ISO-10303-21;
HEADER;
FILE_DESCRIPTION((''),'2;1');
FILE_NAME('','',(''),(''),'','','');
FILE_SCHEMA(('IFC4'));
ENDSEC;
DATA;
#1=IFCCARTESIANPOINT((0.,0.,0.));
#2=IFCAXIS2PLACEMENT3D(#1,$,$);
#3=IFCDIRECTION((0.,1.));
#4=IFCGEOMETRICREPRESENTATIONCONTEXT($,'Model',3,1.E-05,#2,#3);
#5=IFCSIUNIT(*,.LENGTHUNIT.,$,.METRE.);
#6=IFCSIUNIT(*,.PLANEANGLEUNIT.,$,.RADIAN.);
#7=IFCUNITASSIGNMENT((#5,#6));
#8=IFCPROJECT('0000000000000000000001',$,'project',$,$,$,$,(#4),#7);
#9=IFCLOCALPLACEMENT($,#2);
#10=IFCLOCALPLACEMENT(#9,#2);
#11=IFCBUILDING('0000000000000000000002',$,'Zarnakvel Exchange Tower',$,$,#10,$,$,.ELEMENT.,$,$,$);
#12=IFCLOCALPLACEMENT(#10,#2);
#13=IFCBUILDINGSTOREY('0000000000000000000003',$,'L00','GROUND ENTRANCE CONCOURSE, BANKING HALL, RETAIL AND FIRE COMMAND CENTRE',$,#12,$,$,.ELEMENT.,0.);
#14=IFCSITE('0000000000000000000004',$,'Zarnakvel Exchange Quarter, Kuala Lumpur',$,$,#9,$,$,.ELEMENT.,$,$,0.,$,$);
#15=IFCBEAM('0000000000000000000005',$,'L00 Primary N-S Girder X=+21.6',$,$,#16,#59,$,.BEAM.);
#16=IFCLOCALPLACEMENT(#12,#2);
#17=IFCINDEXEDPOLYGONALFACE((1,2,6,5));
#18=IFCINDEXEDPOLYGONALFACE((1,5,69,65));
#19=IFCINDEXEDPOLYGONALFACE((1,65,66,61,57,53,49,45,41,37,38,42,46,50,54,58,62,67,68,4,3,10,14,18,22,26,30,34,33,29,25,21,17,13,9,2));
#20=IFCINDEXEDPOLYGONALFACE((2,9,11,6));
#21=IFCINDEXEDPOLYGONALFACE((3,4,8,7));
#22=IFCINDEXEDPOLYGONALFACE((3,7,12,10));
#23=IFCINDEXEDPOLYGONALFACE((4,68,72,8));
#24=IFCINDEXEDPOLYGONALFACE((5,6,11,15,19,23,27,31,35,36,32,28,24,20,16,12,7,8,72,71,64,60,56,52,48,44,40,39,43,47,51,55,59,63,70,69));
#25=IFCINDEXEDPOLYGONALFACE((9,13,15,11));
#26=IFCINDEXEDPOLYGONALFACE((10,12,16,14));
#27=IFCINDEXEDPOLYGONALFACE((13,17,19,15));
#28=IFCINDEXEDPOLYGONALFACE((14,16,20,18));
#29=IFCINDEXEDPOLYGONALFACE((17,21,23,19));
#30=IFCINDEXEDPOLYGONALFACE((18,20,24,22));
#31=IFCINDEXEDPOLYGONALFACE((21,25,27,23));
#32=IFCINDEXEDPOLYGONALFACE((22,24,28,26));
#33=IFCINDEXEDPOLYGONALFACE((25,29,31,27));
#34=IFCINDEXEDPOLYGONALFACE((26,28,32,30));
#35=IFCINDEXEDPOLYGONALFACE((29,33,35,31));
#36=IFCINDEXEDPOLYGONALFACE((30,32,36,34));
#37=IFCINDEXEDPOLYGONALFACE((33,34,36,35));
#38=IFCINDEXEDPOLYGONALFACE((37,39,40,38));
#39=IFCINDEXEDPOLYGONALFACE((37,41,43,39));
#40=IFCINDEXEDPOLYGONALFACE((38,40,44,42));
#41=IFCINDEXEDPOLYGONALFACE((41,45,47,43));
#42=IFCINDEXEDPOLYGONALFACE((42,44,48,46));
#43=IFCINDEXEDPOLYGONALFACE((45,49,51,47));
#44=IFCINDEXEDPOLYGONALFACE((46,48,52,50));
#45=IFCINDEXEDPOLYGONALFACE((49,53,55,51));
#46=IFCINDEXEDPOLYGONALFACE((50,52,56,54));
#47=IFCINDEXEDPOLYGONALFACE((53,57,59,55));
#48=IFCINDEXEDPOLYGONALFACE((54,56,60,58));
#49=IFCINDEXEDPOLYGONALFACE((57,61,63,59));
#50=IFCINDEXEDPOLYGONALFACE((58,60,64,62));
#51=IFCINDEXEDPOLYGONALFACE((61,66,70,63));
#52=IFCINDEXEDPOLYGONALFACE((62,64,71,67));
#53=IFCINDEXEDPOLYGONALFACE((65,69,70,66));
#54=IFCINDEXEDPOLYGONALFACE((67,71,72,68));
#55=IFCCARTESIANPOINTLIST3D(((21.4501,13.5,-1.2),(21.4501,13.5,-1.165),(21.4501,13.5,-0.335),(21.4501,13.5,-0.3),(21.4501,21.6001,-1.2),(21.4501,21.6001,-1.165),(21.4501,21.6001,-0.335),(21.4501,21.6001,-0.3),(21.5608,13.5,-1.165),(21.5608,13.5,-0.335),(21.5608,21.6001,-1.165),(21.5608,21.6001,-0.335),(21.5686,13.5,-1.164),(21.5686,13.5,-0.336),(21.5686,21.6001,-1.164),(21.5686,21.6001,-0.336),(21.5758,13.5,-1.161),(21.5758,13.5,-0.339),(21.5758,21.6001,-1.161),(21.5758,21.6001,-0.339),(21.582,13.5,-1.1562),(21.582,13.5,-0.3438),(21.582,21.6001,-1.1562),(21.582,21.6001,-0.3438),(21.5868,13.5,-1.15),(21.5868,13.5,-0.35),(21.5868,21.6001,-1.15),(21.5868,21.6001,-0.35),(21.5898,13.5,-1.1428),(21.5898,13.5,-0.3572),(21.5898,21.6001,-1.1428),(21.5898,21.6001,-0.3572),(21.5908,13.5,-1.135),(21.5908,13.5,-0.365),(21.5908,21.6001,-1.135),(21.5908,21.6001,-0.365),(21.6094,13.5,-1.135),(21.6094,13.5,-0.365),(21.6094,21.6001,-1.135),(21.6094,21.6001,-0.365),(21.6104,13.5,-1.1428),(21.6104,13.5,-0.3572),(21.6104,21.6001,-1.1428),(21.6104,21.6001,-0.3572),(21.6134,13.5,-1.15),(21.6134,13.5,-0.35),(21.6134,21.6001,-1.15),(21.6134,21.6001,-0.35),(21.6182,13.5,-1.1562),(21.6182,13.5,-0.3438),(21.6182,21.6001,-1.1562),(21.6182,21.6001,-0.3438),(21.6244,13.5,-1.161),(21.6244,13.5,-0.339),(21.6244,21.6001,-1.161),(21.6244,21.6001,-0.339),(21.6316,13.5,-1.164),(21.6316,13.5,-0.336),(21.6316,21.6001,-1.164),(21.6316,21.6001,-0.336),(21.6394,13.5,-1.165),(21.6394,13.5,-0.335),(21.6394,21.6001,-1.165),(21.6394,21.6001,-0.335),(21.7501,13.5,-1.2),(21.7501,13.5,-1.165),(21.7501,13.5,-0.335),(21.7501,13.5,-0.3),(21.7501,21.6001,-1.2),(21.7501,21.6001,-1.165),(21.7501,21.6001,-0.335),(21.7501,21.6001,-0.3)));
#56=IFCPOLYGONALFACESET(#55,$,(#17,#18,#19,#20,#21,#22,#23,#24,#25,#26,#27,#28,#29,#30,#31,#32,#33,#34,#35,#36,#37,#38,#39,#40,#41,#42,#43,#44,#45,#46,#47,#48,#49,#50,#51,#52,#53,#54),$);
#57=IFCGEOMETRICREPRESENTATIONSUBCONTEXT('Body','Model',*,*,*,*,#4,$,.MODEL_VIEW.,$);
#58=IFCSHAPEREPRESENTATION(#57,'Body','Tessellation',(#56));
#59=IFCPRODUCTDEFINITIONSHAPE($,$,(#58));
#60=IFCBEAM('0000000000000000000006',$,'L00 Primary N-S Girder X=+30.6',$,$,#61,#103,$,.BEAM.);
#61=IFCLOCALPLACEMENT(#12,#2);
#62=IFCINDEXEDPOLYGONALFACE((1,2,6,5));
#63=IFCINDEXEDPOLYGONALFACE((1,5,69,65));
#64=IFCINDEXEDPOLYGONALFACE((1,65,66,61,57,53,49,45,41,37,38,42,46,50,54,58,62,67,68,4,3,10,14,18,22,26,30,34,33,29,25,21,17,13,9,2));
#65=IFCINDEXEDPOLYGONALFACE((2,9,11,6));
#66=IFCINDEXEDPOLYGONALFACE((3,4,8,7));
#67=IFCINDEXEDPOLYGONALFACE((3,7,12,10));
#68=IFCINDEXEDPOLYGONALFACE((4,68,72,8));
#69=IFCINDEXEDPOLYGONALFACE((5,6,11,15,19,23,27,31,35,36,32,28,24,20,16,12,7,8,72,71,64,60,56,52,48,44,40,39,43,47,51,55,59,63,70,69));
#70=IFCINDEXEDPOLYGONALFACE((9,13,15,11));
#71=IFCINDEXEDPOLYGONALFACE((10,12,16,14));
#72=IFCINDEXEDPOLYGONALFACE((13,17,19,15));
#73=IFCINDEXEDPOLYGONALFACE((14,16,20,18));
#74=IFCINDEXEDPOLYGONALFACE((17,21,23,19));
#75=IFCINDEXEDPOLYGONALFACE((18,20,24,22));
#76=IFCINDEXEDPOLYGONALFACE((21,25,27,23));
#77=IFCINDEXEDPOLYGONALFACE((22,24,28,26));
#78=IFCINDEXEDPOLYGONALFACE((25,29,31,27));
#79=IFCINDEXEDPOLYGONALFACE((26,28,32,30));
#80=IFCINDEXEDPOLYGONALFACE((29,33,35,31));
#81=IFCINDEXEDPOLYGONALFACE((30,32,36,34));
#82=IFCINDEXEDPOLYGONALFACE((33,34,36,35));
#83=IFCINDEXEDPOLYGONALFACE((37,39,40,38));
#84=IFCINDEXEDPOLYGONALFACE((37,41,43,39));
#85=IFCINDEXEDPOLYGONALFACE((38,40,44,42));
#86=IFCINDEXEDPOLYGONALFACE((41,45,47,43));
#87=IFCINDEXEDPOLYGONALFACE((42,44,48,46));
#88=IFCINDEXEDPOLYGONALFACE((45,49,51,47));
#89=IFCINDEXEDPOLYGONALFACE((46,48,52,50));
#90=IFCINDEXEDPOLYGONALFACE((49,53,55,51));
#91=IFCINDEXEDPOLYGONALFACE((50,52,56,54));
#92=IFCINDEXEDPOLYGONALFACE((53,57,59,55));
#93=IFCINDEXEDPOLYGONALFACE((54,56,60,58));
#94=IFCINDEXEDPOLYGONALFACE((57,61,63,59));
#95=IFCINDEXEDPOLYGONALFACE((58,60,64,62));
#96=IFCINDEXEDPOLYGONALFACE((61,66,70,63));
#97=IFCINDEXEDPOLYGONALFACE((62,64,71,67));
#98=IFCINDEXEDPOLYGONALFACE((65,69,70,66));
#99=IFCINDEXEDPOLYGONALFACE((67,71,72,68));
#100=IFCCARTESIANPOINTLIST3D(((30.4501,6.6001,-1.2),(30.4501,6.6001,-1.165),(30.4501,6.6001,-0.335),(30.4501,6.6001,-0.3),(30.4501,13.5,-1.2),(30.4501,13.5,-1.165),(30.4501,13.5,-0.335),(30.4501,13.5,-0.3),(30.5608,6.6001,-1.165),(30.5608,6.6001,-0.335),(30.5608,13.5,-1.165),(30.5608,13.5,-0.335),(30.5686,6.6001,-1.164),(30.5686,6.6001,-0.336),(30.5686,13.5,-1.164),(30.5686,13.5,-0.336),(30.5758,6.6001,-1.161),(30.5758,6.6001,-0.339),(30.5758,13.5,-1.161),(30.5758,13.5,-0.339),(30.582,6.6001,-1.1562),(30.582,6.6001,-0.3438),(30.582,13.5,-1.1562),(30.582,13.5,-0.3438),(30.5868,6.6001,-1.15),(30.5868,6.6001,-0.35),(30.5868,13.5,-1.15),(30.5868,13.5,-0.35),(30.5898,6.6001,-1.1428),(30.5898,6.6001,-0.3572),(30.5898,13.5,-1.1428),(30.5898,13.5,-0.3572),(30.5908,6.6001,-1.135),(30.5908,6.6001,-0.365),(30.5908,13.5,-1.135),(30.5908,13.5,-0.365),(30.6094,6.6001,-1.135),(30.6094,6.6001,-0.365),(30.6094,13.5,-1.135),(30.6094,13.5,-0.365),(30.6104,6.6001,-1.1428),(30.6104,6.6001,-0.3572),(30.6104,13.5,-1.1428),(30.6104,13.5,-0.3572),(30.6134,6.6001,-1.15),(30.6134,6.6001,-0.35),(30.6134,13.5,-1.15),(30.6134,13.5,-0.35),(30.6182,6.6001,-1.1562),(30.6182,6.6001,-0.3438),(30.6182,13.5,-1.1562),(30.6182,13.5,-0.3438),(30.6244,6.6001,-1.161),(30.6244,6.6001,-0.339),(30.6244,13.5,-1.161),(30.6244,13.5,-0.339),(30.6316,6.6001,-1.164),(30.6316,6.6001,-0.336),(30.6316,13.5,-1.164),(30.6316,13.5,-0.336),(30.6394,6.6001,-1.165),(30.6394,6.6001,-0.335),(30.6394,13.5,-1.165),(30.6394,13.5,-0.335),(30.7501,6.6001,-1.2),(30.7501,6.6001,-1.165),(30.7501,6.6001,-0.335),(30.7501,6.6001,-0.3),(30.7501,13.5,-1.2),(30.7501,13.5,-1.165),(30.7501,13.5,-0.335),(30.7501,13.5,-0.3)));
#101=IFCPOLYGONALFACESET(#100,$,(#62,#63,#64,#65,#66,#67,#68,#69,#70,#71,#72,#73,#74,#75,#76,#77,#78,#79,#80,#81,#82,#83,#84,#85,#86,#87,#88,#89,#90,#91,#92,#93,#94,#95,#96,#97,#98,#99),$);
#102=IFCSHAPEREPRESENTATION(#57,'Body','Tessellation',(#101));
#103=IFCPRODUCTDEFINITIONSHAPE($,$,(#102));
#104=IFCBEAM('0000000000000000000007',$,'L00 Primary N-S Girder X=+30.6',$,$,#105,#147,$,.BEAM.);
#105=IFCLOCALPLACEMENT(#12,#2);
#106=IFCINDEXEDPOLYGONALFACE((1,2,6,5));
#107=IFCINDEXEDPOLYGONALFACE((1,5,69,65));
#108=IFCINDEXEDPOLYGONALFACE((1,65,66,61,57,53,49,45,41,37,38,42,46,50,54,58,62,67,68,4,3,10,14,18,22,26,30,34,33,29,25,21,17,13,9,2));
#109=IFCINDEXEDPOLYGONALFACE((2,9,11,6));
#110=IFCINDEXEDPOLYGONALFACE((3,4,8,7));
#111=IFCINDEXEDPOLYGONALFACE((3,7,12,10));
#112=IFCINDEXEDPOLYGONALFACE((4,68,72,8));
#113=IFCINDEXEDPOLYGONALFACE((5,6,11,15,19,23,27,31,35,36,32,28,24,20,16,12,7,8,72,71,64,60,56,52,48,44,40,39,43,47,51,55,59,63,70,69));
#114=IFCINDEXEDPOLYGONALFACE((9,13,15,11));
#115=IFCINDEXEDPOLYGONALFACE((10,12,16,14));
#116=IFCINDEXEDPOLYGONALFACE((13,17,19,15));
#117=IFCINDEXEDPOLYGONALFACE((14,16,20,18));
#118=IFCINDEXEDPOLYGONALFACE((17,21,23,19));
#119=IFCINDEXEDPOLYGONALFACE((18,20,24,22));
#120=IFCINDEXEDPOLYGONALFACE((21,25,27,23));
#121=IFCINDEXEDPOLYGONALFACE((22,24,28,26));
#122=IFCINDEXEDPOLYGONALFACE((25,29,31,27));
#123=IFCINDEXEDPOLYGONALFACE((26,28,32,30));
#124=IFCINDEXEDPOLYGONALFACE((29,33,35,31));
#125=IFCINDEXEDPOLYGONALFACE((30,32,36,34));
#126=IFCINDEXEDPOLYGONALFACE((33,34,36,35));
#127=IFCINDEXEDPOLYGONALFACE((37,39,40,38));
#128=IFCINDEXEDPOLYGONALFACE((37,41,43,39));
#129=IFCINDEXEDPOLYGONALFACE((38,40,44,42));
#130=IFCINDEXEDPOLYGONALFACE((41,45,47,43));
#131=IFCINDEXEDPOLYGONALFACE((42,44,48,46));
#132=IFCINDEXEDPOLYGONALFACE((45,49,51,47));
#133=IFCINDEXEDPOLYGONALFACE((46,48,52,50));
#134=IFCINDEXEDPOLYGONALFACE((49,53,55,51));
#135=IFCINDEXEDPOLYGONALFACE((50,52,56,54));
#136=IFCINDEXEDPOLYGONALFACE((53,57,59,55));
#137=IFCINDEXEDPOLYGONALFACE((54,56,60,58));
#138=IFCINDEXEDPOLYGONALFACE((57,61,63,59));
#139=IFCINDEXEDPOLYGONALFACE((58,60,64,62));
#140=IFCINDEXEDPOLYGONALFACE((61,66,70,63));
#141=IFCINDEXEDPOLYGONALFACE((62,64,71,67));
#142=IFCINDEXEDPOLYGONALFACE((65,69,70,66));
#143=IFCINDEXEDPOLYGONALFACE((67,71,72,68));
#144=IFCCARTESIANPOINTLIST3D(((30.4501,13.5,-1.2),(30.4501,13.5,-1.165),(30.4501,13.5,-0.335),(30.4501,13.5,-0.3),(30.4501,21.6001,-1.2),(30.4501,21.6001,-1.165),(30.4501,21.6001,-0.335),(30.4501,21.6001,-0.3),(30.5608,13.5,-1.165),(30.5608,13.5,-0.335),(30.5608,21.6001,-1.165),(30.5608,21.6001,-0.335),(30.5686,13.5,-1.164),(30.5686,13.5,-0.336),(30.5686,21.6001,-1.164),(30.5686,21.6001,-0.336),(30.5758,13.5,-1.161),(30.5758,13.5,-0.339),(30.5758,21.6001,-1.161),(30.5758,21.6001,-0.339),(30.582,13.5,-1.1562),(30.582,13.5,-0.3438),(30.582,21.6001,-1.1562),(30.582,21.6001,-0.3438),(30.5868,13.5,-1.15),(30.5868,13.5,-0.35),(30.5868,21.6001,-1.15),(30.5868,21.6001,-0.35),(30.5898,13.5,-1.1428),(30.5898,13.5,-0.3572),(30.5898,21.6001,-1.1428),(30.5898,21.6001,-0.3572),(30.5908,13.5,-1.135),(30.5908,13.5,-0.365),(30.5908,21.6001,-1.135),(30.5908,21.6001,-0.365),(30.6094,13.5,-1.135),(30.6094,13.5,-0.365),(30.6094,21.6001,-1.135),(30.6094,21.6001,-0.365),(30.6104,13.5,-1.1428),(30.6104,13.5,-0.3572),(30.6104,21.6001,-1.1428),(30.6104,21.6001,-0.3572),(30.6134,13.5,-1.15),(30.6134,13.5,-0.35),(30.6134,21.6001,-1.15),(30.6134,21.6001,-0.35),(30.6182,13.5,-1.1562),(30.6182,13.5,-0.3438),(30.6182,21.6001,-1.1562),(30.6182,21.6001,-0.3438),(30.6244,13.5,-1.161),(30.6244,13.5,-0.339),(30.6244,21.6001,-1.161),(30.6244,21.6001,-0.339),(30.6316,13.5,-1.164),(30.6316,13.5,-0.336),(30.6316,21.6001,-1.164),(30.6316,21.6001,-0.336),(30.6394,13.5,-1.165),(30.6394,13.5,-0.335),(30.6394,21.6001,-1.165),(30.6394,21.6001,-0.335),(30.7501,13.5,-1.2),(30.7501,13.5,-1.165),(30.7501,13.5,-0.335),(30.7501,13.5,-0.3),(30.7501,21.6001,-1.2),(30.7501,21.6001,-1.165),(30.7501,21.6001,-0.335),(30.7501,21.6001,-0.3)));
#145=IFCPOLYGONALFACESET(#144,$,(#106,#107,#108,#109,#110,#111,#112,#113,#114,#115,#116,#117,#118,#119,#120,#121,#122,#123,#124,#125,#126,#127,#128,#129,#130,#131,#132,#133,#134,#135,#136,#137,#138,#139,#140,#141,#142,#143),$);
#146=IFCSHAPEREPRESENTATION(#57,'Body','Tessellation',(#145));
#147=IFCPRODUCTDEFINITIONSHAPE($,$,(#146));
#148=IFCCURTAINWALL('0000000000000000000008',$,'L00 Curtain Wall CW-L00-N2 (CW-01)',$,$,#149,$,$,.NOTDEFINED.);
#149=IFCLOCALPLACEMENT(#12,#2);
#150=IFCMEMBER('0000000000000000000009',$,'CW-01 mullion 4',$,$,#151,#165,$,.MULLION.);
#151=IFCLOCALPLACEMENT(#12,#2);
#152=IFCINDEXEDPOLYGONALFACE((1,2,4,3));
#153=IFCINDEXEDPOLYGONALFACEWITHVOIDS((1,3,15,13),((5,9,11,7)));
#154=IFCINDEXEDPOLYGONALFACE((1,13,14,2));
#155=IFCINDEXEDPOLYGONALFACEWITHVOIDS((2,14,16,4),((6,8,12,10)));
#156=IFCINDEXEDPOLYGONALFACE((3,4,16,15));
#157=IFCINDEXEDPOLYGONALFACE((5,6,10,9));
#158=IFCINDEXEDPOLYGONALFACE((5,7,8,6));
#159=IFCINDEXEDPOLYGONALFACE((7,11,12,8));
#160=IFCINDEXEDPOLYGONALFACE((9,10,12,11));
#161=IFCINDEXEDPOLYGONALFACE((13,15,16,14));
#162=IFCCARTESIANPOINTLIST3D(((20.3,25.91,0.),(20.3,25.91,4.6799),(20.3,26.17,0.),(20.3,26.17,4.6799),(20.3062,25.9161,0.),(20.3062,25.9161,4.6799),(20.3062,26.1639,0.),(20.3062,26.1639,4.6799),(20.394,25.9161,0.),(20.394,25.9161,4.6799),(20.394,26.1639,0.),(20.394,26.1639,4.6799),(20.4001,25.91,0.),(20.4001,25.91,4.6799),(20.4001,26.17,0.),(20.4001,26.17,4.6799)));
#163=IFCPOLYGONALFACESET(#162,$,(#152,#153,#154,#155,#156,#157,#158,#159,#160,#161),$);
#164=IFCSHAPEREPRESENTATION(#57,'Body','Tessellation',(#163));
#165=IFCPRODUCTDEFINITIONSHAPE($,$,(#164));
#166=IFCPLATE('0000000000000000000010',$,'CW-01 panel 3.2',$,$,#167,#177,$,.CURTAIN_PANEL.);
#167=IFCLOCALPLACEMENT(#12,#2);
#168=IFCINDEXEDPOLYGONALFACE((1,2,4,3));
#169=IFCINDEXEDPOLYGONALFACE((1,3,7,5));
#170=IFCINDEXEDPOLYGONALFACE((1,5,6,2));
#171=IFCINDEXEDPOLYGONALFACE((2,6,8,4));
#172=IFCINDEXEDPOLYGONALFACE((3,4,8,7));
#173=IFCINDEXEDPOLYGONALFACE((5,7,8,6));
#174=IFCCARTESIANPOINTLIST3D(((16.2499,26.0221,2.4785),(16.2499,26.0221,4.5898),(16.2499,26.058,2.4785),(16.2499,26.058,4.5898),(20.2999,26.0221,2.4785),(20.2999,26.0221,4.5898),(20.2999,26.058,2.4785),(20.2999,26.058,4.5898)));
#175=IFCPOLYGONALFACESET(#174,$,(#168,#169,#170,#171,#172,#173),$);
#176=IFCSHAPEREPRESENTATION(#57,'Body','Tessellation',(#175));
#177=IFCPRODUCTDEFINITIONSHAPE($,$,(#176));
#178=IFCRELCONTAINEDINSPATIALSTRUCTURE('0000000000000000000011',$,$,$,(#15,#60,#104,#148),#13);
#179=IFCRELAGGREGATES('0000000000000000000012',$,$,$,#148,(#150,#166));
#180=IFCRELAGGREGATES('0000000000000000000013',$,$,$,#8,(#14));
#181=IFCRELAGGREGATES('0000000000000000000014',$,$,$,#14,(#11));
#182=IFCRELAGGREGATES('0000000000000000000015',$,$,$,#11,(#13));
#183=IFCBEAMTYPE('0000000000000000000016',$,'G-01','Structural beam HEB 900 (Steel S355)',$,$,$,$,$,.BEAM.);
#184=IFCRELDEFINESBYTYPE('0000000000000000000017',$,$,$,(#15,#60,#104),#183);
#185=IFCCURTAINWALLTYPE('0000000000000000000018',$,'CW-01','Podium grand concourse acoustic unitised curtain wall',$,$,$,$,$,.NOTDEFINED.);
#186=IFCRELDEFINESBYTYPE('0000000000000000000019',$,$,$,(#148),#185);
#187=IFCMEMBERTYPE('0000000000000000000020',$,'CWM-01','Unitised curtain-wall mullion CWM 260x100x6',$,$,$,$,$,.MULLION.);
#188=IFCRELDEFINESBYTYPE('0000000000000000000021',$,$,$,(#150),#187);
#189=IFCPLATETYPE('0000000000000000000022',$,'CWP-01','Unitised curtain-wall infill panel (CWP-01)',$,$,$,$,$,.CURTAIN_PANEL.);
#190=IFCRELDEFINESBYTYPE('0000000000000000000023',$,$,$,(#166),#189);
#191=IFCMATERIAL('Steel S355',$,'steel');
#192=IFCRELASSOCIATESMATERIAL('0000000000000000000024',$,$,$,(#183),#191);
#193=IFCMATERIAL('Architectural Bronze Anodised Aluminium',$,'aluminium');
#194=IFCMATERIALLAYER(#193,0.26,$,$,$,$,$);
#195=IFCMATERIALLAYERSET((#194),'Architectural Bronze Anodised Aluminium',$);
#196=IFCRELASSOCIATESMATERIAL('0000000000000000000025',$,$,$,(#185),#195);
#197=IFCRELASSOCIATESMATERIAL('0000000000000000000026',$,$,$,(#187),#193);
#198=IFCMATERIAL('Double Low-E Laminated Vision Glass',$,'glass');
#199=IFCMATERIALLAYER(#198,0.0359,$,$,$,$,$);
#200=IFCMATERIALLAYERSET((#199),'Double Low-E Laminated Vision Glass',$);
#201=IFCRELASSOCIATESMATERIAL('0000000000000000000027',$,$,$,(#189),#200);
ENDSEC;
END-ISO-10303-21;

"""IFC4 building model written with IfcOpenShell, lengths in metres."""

from ifc_helpers import new_model, si_unit, direction, frame, origin, origin_2d, place, context, subcontext, project, spatial, rectangle, hollow_rectangle, i_section, extrude, source, transform, mapped, material, layer, layer_set, material_profile, profile_set, type_object, element, aggregate, save


model = new_model("IFC4")

# Units and contexts
model_context = context("Model", 3, precision=1e-05, world=origin(), true_north=direction((0.0, 1.0)))
body_context = subcontext(model_context, "Body", "Model", "MODEL_VIEW")
ifc_project = project(units=[si_unit("LENGTHUNIT", "METRE"), si_unit("PLANEANGLEUNIT", "RADIAN")], contexts=[model_context])

# Site, building, storey
site_placement = place(None, origin())
site = spatial("IfcSite", under=ifc_project, at=site_placement, Name="Zarnakvel Exchange Quarter, Kuala Lumpur", CompositionType="ELEMENT", RefElevation=0.0)
building_placement = place(site_placement, origin())
building = spatial("IfcBuilding", under=site, at=building_placement, Name="Zarnakvel Exchange Tower", CompositionType="ELEMENT")
storey_placement = place(building_placement, origin())
storey = spatial("IfcBuildingStorey", under=building, at=storey_placement, Name="L00", Description="GROUND ENTRANCE CONCOURSE, BANKING HALL, RETAIL AND FIRE COMMAND CENTRE", CompositionType="ELEMENT", Elevation=0.0)

# Beams
ifc_material_1 = material(Name="Steel S355", Category="steel")
ifc_material_profile_1 = material_profile(ifc_material_1, i_section(OverallWidth=0.3, OverallDepth=0.8999, WebThickness=0.0186, FlangeThickness=0.0349, FilletRadius=0.03, at=origin_2d()))
ifc_profile_set_1 = profile_set([ifc_material_profile_1], Name="Steel S355")
beam_type_1 = type_object("IfcBeamType", Name="G-01", Description="Structural beam HEB 900 (Steel S355)", PredefinedType="BEAM", material=ifc_profile_set_1)
beam_1_placement = place(storey_placement, frame((21.6001, 13.5, -0.75), z_axis=(0.0, 1.0, 0.0), x_axis=(-1.0, 0.0, 0.0)))
element("IfcBeam", 1, at=beam_1_placement, inside=storey, type_object=beam_type_1, Name="L00 Primary N-S Girder X=+21.6", PredefinedType="BEAM", context=body_context, shape_type="SweptSolid", body=[
    extrude(i_section(OverallWidth=0.3, OverallDepth=0.8999, WebThickness=0.0186, FlangeThickness=0.0349, FilletRadius=0.03, at=origin_2d()), origin(), (0.0, 0.0, 1.0), 8.1001),
])
beam_2_placement = place(storey_placement, frame((30.6001, 6.6001, -0.75), z_axis=(0.0, 1.0, 0.0), x_axis=(-1.0, 0.0, 0.0)))
element("IfcBeam", 2, at=beam_2_placement, inside=storey, type_object=beam_type_1, Name="L00 Primary N-S Girder X=+30.6", PredefinedType="BEAM", context=body_context, shape_type="SweptSolid", body=[
    extrude(i_section(OverallWidth=0.3, OverallDepth=0.8999, WebThickness=0.0186, FlangeThickness=0.0349, FilletRadius=0.03, at=origin_2d()), origin(), (0.0, 0.0, 1.0), 6.8999),
])
beam_3_placement = place(storey_placement, frame((30.6001, 13.5, -0.75), z_axis=(0.0, 1.0, 0.0), x_axis=(-1.0, 0.0, 0.0)))
element("IfcBeam", 3, at=beam_3_placement, inside=storey, type_object=beam_type_1, Name="L00 Primary N-S Girder X=+30.6", PredefinedType="BEAM", context=body_context, shape_type="SweptSolid", body=[
    extrude(i_section(OverallWidth=0.3, OverallDepth=0.8999, WebThickness=0.0186, FlangeThickness=0.0349, FilletRadius=0.03, at=origin_2d()), origin(), (0.0, 0.0, 1.0), 8.1001),
])

# Curtain wall, member, plate
ifc_material_2 = material(Name="Architectural Bronze Anodised Aluminium", Category="aluminium")
ifc_layer_1 = layer(ifc_material_2, 0.26)
ifc_layer_set_1 = layer_set([ifc_layer_1], Name="Architectural Bronze Anodised Aluminium")
curtain_wall_type = type_object("IfcCurtainWallType", Name="CW-01", Description="Podium grand concourse acoustic unitised curtain wall", PredefinedType="NOTDEFINED", material=ifc_layer_set_1)
curtain_wall_placement = place(storey_placement, origin())
curtain_wall = element("IfcCurtainWall", 4, at=curtain_wall_placement, inside=storey, type_object=curtain_wall_type, Name="L00 Curtain Wall CW-L00-N2 (CW-01)", PredefinedType="NOTDEFINED")
ifc_material_profile_2 = material_profile(ifc_material_2, hollow_rectangle(XDim=0.26, YDim=0.1001, WallThickness=0.0061, at=origin_2d()))
ifc_profile_set_2 = profile_set([ifc_material_profile_2], Name="Architectural Bronze Anodised Aluminium")
member_type = type_object("IfcMemberType", Name="CWM-01", Description="Unitised curtain-wall mullion CWM 260x100x6", PredefinedType="MULLION", material=ifc_profile_set_2)
shared_shape_1 = source(origin(), body_context, "Body", "SweptSolid", [
    extrude(hollow_rectangle(XDim=0.26, YDim=0.1001, WallThickness=0.0061, at=origin_2d()), origin(), (0.0, 0.0, 1.0), 4.6799),
])
member_placement = place(storey_placement, frame((20.3501, 26.04, 0.0), z_axis=(0.0, 0.0, 1.0), x_axis=(0.0, 1.0, 0.0)))
member = element("IfcMember", 5, at=member_placement, type_object=member_type, Name="CW-01 mullion 4", PredefinedType="MULLION", context=body_context, shape_type="MappedRepresentation", body=[
    mapped(shared_shape_1, transform((0.0, 0.0, 0.0), x_axis=(1.0, 0.0, 0.0), y_axis=(0.0, 1.0, 0.0), z_axis=(0.0, 0.0, 1.0), scale=1.0)),
])
ifc_material_3 = material(Name="Double Low-E Laminated Vision Glass", Category="glass")
ifc_layer_2 = layer(ifc_material_3, 0.0359)
ifc_layer_set_2 = layer_set([ifc_layer_2], Name="Double Low-E Laminated Vision Glass")
plate_type = type_object("IfcPlateType", Name="CWP-01", Description="Unitised curtain-wall infill panel (CWP-01)", PredefinedType="CURTAIN_PANEL", material=ifc_layer_set_2)
shared_shape_2 = source(origin(), body_context, "Body", "SweptSolid", [
    extrude(rectangle(XDim=4.05, YDim=0.0359, at=origin_2d()), origin(), (0.0, 0.0, 1.0), 2.1113),
])
plate_placement = place(storey_placement, frame((18.2749, 26.04, 2.4785), z_axis=(0.0, 0.0, 1.0), x_axis=(1.0, 0.0, 0.0)))
plate = element("IfcPlate", 6, at=plate_placement, type_object=plate_type, Name="CW-01 panel 3.2", PredefinedType="CURTAIN_PANEL", context=body_context, shape_type="MappedRepresentation", body=[
    mapped(shared_shape_2, transform((0.0, 0.0, 0.0), x_axis=(1.0, 0.0, 0.0), y_axis=(0.0, 1.0, 0.0), z_axis=(0.0, 0.0, 1.0), scale=1.0)),
])
aggregate(curtain_wall, [member, plate])

save(model, "model.ifc")
